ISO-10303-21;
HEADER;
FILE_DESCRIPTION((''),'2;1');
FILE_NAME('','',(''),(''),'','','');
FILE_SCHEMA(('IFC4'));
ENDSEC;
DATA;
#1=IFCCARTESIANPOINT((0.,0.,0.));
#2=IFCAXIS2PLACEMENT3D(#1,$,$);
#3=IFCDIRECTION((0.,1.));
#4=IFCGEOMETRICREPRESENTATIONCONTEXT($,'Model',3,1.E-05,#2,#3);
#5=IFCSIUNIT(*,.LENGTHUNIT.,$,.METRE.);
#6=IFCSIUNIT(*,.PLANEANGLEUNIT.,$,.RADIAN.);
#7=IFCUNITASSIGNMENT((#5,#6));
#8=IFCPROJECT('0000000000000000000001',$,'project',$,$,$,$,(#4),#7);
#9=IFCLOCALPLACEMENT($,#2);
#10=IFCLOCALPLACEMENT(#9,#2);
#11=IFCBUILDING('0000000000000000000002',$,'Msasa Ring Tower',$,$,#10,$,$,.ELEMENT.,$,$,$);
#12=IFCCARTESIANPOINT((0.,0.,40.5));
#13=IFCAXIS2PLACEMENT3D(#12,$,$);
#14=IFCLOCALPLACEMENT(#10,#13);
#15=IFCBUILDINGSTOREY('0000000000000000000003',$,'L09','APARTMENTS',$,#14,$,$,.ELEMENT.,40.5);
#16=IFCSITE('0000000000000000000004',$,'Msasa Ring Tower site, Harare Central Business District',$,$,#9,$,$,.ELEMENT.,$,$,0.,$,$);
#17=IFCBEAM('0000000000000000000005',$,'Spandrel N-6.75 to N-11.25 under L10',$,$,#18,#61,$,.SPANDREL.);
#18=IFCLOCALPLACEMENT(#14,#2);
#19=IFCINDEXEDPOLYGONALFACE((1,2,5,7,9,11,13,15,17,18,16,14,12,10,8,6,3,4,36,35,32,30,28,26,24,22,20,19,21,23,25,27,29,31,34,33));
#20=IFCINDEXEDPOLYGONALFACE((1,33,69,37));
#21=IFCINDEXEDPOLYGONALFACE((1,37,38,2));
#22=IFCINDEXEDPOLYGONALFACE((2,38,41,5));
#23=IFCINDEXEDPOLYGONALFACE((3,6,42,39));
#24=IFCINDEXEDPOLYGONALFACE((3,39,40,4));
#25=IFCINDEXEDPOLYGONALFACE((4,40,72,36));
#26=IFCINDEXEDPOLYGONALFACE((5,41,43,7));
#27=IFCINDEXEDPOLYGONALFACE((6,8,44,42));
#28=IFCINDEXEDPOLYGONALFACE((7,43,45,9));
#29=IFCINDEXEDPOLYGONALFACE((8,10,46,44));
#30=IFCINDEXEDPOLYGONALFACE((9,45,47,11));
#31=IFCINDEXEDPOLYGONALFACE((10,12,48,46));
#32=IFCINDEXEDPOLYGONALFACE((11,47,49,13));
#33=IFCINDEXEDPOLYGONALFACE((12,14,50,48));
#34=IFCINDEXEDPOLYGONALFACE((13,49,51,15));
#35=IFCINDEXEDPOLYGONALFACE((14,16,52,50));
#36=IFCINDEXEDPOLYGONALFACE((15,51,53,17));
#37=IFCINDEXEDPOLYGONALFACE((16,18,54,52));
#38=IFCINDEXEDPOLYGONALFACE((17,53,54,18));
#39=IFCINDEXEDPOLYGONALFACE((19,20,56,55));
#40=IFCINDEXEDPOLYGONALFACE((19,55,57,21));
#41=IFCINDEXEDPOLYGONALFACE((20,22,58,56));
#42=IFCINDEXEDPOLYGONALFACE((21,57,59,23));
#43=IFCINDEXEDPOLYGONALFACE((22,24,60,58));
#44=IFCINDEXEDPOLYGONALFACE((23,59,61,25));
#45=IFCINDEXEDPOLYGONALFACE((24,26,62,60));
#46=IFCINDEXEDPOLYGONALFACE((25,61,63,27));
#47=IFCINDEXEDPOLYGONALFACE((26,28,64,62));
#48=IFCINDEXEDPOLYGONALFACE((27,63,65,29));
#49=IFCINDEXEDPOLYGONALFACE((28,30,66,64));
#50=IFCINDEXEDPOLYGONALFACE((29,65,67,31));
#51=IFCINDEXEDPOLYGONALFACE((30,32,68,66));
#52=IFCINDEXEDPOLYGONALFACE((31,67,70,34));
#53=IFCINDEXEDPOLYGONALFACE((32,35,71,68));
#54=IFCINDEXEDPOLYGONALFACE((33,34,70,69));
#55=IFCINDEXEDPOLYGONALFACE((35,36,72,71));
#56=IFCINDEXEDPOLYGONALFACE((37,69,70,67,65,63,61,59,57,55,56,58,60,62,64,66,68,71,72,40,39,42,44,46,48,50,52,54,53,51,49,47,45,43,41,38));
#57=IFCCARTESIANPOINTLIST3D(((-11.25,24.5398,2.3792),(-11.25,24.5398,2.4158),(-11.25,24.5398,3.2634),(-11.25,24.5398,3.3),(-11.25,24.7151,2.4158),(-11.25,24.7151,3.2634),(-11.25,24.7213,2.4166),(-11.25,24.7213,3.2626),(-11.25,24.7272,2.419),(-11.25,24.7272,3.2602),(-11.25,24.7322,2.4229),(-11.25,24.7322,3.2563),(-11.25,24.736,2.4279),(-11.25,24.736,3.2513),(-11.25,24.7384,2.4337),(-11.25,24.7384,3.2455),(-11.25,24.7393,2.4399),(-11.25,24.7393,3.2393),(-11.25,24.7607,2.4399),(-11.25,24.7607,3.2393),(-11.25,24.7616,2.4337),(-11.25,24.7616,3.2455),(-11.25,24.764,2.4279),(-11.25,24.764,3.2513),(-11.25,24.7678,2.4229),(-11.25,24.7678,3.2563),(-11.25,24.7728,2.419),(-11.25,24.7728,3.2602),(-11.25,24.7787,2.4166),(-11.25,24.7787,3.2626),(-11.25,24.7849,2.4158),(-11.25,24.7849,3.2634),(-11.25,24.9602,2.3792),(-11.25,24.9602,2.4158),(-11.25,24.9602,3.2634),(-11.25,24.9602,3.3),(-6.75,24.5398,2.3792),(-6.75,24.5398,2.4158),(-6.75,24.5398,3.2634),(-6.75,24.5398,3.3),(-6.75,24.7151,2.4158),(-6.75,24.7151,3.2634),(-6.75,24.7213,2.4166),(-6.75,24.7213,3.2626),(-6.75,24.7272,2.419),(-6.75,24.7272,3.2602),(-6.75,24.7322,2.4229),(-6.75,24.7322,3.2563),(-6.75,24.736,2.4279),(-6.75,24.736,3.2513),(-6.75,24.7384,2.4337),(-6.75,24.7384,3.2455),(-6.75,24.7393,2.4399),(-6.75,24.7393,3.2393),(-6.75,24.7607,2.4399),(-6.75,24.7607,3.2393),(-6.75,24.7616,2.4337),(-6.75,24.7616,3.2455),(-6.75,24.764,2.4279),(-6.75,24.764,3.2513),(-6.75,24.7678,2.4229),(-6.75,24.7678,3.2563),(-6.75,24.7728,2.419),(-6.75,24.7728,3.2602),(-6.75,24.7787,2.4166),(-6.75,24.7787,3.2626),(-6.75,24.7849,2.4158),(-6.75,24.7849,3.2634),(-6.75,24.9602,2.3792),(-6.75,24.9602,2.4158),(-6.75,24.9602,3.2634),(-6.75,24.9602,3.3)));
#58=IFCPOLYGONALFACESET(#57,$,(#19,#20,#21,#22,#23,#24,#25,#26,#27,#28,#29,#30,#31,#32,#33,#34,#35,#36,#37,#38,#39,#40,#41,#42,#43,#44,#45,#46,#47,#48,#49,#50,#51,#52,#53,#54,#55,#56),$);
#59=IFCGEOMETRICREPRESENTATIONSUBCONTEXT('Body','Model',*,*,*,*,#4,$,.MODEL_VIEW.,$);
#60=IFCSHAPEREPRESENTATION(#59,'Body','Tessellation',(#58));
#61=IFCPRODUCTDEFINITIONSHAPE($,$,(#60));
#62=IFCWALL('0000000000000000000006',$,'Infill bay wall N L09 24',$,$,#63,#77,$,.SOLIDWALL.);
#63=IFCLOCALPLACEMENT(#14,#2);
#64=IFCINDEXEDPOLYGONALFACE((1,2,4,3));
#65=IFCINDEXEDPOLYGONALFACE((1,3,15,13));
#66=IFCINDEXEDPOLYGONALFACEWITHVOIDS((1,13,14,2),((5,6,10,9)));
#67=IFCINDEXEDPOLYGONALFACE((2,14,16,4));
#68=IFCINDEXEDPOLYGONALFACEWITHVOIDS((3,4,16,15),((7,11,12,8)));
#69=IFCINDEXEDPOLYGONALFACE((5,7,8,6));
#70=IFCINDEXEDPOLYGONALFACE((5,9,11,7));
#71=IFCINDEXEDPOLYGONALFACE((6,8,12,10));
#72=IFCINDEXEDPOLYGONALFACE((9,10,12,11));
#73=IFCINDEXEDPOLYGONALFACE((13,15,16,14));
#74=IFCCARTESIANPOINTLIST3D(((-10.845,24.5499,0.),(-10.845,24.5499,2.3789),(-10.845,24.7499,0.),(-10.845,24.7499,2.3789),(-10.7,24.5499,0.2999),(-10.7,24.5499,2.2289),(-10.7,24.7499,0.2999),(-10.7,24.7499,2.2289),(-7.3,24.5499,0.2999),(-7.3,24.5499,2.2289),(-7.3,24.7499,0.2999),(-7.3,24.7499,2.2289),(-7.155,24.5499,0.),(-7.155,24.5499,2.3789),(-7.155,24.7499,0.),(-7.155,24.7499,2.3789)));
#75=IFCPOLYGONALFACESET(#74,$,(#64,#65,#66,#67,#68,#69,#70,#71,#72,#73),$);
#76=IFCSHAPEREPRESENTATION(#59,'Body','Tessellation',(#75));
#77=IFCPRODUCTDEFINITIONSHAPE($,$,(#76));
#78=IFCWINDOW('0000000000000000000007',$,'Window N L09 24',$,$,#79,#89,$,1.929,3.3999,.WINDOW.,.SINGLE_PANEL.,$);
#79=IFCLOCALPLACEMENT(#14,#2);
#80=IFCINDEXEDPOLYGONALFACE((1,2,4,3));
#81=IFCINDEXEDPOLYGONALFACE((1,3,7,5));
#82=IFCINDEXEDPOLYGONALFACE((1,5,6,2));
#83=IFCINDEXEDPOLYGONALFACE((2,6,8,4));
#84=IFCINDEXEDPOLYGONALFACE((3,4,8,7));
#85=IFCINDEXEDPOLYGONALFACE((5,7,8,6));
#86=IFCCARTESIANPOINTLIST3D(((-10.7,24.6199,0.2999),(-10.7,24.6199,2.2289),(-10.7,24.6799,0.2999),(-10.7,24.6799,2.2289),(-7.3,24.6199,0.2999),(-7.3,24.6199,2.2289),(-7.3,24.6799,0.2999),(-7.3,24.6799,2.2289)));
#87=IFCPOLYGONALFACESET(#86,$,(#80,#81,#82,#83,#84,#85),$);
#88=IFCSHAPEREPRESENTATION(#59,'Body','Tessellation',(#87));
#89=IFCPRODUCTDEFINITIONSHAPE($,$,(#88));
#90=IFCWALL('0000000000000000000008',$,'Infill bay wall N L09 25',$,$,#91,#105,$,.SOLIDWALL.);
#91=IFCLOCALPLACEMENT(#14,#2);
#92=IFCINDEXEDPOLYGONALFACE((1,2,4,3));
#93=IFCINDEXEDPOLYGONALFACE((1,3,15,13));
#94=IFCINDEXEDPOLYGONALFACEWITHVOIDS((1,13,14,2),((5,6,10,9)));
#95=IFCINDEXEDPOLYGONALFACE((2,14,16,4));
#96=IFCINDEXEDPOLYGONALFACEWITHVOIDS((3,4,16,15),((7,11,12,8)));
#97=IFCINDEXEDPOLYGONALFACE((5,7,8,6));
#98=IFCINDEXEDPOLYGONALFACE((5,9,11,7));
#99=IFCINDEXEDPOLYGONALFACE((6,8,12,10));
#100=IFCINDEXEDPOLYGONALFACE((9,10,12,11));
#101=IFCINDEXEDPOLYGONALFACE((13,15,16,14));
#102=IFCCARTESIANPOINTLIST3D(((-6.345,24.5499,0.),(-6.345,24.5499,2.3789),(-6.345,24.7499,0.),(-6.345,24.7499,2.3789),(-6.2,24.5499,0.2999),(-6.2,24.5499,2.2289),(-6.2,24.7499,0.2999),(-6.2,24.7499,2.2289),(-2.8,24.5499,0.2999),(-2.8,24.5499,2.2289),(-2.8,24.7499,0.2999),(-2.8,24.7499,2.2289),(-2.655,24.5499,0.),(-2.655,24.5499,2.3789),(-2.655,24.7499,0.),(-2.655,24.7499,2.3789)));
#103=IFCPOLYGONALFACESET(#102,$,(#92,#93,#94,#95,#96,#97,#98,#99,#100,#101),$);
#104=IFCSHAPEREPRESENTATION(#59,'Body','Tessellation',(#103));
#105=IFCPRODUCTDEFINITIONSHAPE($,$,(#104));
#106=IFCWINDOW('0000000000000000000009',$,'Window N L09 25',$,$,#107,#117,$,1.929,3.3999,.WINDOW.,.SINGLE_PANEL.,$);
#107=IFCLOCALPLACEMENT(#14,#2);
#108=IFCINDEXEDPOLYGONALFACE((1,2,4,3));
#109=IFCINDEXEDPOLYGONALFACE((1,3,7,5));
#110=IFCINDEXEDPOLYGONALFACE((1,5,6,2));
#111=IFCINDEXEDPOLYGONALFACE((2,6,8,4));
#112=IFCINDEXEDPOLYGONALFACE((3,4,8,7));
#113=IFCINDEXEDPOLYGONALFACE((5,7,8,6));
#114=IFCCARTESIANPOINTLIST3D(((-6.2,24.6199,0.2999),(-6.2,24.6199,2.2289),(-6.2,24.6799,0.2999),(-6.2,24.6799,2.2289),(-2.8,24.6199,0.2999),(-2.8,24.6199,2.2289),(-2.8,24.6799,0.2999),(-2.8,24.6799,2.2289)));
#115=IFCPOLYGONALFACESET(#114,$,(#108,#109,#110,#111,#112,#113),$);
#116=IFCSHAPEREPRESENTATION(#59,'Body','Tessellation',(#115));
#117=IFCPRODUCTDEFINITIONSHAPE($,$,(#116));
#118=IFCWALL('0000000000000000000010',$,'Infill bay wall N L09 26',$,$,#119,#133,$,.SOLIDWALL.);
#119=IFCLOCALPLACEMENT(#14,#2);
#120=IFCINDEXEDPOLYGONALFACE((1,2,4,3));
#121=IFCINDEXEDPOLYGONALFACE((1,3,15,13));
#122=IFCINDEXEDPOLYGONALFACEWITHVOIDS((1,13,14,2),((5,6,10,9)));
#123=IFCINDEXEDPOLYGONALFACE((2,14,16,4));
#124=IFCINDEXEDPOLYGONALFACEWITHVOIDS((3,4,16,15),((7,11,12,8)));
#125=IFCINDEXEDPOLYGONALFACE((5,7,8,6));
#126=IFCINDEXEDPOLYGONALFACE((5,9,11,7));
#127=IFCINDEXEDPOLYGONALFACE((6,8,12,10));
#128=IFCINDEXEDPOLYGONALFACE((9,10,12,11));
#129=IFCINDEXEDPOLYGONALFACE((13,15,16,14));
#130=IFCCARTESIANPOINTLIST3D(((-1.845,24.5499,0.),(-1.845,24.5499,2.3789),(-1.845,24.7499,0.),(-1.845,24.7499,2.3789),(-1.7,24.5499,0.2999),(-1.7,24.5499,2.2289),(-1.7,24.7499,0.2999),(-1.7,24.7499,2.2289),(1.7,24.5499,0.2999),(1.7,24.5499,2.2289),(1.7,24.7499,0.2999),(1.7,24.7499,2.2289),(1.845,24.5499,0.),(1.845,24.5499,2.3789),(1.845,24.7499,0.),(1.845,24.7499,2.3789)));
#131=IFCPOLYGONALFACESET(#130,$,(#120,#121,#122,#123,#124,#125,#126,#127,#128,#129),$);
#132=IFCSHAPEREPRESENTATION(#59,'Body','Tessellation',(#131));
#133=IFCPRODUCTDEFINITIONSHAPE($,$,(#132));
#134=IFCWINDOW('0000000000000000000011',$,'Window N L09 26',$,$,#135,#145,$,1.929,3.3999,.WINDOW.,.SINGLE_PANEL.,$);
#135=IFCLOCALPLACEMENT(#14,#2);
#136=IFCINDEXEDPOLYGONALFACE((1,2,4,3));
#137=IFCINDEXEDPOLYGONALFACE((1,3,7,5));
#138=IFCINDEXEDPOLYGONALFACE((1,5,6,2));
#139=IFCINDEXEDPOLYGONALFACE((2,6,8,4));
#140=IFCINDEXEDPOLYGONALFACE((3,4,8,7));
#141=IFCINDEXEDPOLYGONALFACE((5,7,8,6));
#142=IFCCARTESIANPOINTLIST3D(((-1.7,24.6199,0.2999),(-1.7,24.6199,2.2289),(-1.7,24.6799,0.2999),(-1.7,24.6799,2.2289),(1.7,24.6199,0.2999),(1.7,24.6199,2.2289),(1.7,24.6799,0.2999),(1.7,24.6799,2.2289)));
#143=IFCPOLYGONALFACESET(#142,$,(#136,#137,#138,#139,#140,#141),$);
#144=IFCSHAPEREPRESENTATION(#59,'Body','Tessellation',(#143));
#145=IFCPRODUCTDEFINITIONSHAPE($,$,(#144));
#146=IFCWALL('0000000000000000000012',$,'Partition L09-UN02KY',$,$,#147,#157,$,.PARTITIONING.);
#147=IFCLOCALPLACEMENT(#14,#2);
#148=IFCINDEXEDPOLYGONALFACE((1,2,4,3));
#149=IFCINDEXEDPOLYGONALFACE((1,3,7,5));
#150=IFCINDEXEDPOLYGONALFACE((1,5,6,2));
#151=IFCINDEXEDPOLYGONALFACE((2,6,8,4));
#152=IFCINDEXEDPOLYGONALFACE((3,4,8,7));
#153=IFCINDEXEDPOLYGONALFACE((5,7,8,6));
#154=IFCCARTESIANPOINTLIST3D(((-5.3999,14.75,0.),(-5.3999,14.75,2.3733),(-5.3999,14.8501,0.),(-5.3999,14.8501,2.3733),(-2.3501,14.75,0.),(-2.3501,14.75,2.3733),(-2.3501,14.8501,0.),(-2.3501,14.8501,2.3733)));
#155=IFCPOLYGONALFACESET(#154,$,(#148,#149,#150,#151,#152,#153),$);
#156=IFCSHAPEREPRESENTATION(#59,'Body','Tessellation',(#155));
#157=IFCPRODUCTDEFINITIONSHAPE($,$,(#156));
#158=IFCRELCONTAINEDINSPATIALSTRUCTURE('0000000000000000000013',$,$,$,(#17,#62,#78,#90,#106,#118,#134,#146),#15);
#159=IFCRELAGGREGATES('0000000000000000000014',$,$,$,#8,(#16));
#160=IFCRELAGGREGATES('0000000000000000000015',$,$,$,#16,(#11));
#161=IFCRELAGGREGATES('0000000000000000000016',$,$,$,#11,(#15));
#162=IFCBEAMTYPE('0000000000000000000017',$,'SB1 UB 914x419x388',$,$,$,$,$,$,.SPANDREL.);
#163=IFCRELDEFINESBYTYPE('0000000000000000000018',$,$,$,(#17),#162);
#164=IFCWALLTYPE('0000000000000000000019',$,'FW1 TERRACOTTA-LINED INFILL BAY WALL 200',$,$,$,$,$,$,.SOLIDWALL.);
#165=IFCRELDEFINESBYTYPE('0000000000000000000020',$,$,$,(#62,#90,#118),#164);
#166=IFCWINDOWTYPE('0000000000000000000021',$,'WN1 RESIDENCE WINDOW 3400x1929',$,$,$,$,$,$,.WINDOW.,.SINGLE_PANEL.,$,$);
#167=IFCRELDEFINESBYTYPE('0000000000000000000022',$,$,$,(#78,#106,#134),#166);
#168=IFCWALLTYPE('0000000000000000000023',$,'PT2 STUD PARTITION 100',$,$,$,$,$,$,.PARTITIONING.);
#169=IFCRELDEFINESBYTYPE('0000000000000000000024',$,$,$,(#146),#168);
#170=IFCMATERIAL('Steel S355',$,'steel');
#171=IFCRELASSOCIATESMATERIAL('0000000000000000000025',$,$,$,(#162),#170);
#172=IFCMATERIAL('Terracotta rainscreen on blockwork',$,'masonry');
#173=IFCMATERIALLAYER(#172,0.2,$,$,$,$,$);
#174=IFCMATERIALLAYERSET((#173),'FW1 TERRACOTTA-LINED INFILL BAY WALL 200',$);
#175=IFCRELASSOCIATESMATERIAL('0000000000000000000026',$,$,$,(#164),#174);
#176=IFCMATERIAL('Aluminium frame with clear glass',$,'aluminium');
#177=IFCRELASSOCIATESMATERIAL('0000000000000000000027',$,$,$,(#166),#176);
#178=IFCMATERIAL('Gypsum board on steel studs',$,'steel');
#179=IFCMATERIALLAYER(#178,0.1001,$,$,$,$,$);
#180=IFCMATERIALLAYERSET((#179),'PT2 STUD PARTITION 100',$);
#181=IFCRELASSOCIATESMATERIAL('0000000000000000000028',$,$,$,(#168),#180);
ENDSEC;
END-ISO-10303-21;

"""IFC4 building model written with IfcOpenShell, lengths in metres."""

from ifc_helpers import new_model, si_unit, direction, frame, frame_2d, origin, origin_2d, place, context, subcontext, project, spatial, rectangle, i_section, extrude, material, layer, layer_set, material_profile, profile_set, type_object, element, fill, save


model = new_model("IFC4")

# Units and contexts
model_context = context("Model", 3, precision=1e-05, world=origin(), true_north=direction((0.0, 1.0)))
body_context = subcontext(model_context, "Body", "Model", "MODEL_VIEW")
ifc_project = project(units=[si_unit("LENGTHUNIT", "METRE"), si_unit("PLANEANGLEUNIT", "RADIAN")], contexts=[model_context])

# Site, building, storey
site_placement = place(None, origin())
site = spatial("IfcSite", under=ifc_project, at=site_placement, Name="Msasa Ring Tower site, Harare Central Business District", CompositionType="ELEMENT", RefElevation=0.0)
building_placement = place(site_placement, origin())
building = spatial("IfcBuilding", under=site, at=building_placement, Name="Msasa Ring Tower", CompositionType="ELEMENT")
storey_placement = place(building_placement, frame((0.0, 0.0, 40.5)))
storey = spatial("IfcBuildingStorey", under=building, at=storey_placement, Name="L09", Description="APARTMENTS", CompositionType="ELEMENT", Elevation=40.5)

# Beam
ifc_material_1 = material(Name="Steel S355", Category="steel")
ifc_material_profile_1 = material_profile(ifc_material_1, i_section(OverallWidth=0.4204, OverallDepth=0.9209, WebThickness=0.0215, FlangeThickness=0.0366, FilletRadius=0.0242, at=origin_2d()), Name="UB 914x419x388")
ifc_profile_set_1 = profile_set([ifc_material_profile_1], Name="Steel S355")
beam_type_1 = type_object("IfcBeamType", Name="SB1 UB 914x419x388", PredefinedType="SPANDREL", material=ifc_profile_set_1)
for number, where, z_axis, x_axis, name in (
    (1, (-6.75, 24.75, 2.8396), (-1.0, 0.0, 0.0), (0.0, -1.0, 0.0), "Spandrel N-6.75 to N-11.25 under L10"),
):
    element("IfcBeam", number, at=place(storey_placement, frame(where, z_axis=z_axis, x_axis=x_axis)), inside=storey, type_object=beam_type_1, Name=name, PredefinedType="SPANDREL", context=body_context, shape_type="SweptSolid", body=[
        extrude(i_section(OverallWidth=0.4204, OverallDepth=0.9209, WebThickness=0.0215, FlangeThickness=0.0366, FilletRadius=0.0242, at=origin_2d()), origin(), (0.0, 0.0, 1.0), 4.5),
    ])

# Walls, openings, windows
ifc_material_2 = material(Name="Terracotta rainscreen on blockwork", Category="masonry")
ifc_layer_1 = layer(ifc_material_2, 0.2)
ifc_layer_set_1 = layer_set([ifc_layer_1], Name="FW1 TERRACOTTA-LINED INFILL BAY WALL 200")
wall_type_1 = type_object("IfcWallType", Name="FW1 TERRACOTTA-LINED INFILL BAY WALL 200", PredefinedType="SOLIDWALL", material=ifc_layer_set_1)
wall_1_placement = place(storey_placement, frame((-10.845, 24.6499, 0.0), z_axis=(0.0, 0.0, 1.0), x_axis=(1.0, 0.0, 0.0)))
wall_1 = element("IfcWall", 2, at=wall_1_placement, inside=storey, type_object=wall_type_1, Name="Infill bay wall N L09 24", PredefinedType="SOLIDWALL", context=body_context, shape_type="SweptSolid", body=[
    extrude(rectangle(XDim=3.6899, YDim=0.2, at=frame_2d((1.845, 0.0))), origin(), (0.0, 0.0, 1.0), 2.3789),
])
opening_1_placement = place(wall_1_placement, frame((0.145, 0.0, 0.3)))
opening_1 = element("IfcOpeningElement", 3, at=opening_1_placement, cuts=wall_1, PredefinedType="OPENING", context=body_context, shape_type="SweptSolid", body=[
    extrude(rectangle(XDim=3.3999, YDim=1.929, at=frame_2d((1.7, 0.9644))), frame((0.0, 0.1099, 0.0), z_axis=(0.0, -1.0, 0.0), x_axis=(1.0, 0.0, 0.0)), (0.0, 0.0, 1.0), 0.22),
])
ifc_material_3 = material(Name="Aluminium frame with clear glass", Category="aluminium")
window_type = type_object("IfcWindowType", Name="WN1 RESIDENCE WINDOW 3400x1929", PartitioningType="SINGLE_PANEL", PredefinedType="WINDOW", material=ifc_material_3)
window_1_placement = place(opening_1_placement, origin())
window_1 = element("IfcWindow", 4, at=window_1_placement, inside=storey, type_object=window_type, Name="Window N L09 24", OverallHeight=1.929, OverallWidth=3.3999, PartitioningType="SINGLE_PANEL", PredefinedType="WINDOW", context=body_context, shape_type="SweptSolid", body=[
    extrude(rectangle(XDim=3.3999, YDim=1.929, at=frame_2d((1.7, 0.9644))), frame((0.0, 0.03, 0.0), z_axis=(0.0, -1.0, 0.0), x_axis=(1.0, 0.0, 0.0)), (0.0, 0.0, 1.0), 0.0601),
])
fill(opening_1, window_1)
wall_2_placement = place(storey_placement, frame((-6.345, 24.6499, 0.0), z_axis=(0.0, 0.0, 1.0), x_axis=(1.0, 0.0, 0.0)))
wall_2 = element("IfcWall", 5, at=wall_2_placement, inside=storey, type_object=wall_type_1, Name="Infill bay wall N L09 25", PredefinedType="SOLIDWALL", context=body_context, shape_type="SweptSolid", body=[
    extrude(rectangle(XDim=3.6899, YDim=0.2, at=frame_2d((1.845, 0.0))), origin(), (0.0, 0.0, 1.0), 2.3789),
])
opening_2_placement = place(wall_2_placement, frame((0.145, 0.0, 0.3)))
opening_2 = element("IfcOpeningElement", 6, at=opening_2_placement, cuts=wall_2, PredefinedType="OPENING", context=body_context, shape_type="SweptSolid", body=[
    extrude(rectangle(XDim=3.3999, YDim=1.929, at=frame_2d((1.7, 0.9644))), frame((0.0, 0.1099, 0.0), z_axis=(0.0, -1.0, 0.0), x_axis=(1.0, 0.0, 0.0)), (0.0, 0.0, 1.0), 0.22),
])
window_2_placement = place(opening_2_placement, origin())
window_2 = element("IfcWindow", 7, at=window_2_placement, inside=storey, type_object=window_type, Name="Window N L09 25", OverallHeight=1.929, OverallWidth=3.3999, PartitioningType="SINGLE_PANEL", PredefinedType="WINDOW", context=body_context, shape_type="SweptSolid", body=[
    extrude(rectangle(XDim=3.3999, YDim=1.929, at=frame_2d((1.7, 0.9644))), frame((0.0, 0.03, 0.0), z_axis=(0.0, -1.0, 0.0), x_axis=(1.0, 0.0, 0.0)), (0.0, 0.0, 1.0), 0.0601),
])
fill(opening_2, window_2)
wall_3_placement = place(storey_placement, frame((-1.845, 24.6499, 0.0), z_axis=(0.0, 0.0, 1.0), x_axis=(1.0, 0.0, 0.0)))
wall_3 = element("IfcWall", 8, at=wall_3_placement, inside=storey, type_object=wall_type_1, Name="Infill bay wall N L09 26", PredefinedType="SOLIDWALL", context=body_context, shape_type="SweptSolid", body=[
    extrude(rectangle(XDim=3.6899, YDim=0.2, at=frame_2d((1.845, 0.0))), origin(), (0.0, 0.0, 1.0), 2.3789),
])
opening_3_placement = place(wall_3_placement, frame((0.145, 0.0, 0.3)))
opening_3 = element("IfcOpeningElement", 9, at=opening_3_placement, cuts=wall_3, PredefinedType="OPENING", context=body_context, shape_type="SweptSolid", body=[
    extrude(rectangle(XDim=3.3999, YDim=1.929, at=frame_2d((1.7, 0.9644))), frame((0.0, 0.1099, 0.0), z_axis=(0.0, -1.0, 0.0), x_axis=(1.0, 0.0, 0.0)), (0.0, 0.0, 1.0), 0.22),
])
window_3_placement = place(opening_3_placement, origin())
window_3 = element("IfcWindow", 10, at=window_3_placement, inside=storey, type_object=window_type, Name="Window N L09 26", OverallHeight=1.929, OverallWidth=3.3999, PartitioningType="SINGLE_PANEL", PredefinedType="WINDOW", context=body_context, shape_type="SweptSolid", body=[
    extrude(rectangle(XDim=3.3999, YDim=1.929, at=frame_2d((1.7, 0.9644))), frame((0.0, 0.03, 0.0), z_axis=(0.0, -1.0, 0.0), x_axis=(1.0, 0.0, 0.0)), (0.0, 0.0, 1.0), 0.0601),
])
fill(opening_3, window_3)

# Wall
ifc_material_4 = material(Name="Gypsum board on steel studs", Category="steel")
ifc_layer_2 = layer(ifc_material_4, 0.1001)
ifc_layer_set_2 = layer_set([ifc_layer_2], Name="PT2 STUD PARTITION 100")
wall_type_2 = type_object("IfcWallType", Name="PT2 STUD PARTITION 100", PredefinedType="PARTITIONING", material=ifc_layer_set_2)
wall_4_placement = place(storey_placement, frame((-5.3999, 14.8, 0.0), z_axis=(0.0, 0.0, 1.0), x_axis=(1.0, 0.0, 0.0)))
element("IfcWall", 11, at=wall_4_placement, inside=storey, type_object=wall_type_2, Name="Partition L09-UN02KY", PredefinedType="PARTITIONING", context=body_context, shape_type="SweptSolid", body=[
    extrude(rectangle(XDim=3.0498, YDim=0.1001, at=frame_2d((1.5249, 0.0))), origin(), (0.0, 0.0, 1.0), 2.3733),
])

save(model, "model.ifc")
